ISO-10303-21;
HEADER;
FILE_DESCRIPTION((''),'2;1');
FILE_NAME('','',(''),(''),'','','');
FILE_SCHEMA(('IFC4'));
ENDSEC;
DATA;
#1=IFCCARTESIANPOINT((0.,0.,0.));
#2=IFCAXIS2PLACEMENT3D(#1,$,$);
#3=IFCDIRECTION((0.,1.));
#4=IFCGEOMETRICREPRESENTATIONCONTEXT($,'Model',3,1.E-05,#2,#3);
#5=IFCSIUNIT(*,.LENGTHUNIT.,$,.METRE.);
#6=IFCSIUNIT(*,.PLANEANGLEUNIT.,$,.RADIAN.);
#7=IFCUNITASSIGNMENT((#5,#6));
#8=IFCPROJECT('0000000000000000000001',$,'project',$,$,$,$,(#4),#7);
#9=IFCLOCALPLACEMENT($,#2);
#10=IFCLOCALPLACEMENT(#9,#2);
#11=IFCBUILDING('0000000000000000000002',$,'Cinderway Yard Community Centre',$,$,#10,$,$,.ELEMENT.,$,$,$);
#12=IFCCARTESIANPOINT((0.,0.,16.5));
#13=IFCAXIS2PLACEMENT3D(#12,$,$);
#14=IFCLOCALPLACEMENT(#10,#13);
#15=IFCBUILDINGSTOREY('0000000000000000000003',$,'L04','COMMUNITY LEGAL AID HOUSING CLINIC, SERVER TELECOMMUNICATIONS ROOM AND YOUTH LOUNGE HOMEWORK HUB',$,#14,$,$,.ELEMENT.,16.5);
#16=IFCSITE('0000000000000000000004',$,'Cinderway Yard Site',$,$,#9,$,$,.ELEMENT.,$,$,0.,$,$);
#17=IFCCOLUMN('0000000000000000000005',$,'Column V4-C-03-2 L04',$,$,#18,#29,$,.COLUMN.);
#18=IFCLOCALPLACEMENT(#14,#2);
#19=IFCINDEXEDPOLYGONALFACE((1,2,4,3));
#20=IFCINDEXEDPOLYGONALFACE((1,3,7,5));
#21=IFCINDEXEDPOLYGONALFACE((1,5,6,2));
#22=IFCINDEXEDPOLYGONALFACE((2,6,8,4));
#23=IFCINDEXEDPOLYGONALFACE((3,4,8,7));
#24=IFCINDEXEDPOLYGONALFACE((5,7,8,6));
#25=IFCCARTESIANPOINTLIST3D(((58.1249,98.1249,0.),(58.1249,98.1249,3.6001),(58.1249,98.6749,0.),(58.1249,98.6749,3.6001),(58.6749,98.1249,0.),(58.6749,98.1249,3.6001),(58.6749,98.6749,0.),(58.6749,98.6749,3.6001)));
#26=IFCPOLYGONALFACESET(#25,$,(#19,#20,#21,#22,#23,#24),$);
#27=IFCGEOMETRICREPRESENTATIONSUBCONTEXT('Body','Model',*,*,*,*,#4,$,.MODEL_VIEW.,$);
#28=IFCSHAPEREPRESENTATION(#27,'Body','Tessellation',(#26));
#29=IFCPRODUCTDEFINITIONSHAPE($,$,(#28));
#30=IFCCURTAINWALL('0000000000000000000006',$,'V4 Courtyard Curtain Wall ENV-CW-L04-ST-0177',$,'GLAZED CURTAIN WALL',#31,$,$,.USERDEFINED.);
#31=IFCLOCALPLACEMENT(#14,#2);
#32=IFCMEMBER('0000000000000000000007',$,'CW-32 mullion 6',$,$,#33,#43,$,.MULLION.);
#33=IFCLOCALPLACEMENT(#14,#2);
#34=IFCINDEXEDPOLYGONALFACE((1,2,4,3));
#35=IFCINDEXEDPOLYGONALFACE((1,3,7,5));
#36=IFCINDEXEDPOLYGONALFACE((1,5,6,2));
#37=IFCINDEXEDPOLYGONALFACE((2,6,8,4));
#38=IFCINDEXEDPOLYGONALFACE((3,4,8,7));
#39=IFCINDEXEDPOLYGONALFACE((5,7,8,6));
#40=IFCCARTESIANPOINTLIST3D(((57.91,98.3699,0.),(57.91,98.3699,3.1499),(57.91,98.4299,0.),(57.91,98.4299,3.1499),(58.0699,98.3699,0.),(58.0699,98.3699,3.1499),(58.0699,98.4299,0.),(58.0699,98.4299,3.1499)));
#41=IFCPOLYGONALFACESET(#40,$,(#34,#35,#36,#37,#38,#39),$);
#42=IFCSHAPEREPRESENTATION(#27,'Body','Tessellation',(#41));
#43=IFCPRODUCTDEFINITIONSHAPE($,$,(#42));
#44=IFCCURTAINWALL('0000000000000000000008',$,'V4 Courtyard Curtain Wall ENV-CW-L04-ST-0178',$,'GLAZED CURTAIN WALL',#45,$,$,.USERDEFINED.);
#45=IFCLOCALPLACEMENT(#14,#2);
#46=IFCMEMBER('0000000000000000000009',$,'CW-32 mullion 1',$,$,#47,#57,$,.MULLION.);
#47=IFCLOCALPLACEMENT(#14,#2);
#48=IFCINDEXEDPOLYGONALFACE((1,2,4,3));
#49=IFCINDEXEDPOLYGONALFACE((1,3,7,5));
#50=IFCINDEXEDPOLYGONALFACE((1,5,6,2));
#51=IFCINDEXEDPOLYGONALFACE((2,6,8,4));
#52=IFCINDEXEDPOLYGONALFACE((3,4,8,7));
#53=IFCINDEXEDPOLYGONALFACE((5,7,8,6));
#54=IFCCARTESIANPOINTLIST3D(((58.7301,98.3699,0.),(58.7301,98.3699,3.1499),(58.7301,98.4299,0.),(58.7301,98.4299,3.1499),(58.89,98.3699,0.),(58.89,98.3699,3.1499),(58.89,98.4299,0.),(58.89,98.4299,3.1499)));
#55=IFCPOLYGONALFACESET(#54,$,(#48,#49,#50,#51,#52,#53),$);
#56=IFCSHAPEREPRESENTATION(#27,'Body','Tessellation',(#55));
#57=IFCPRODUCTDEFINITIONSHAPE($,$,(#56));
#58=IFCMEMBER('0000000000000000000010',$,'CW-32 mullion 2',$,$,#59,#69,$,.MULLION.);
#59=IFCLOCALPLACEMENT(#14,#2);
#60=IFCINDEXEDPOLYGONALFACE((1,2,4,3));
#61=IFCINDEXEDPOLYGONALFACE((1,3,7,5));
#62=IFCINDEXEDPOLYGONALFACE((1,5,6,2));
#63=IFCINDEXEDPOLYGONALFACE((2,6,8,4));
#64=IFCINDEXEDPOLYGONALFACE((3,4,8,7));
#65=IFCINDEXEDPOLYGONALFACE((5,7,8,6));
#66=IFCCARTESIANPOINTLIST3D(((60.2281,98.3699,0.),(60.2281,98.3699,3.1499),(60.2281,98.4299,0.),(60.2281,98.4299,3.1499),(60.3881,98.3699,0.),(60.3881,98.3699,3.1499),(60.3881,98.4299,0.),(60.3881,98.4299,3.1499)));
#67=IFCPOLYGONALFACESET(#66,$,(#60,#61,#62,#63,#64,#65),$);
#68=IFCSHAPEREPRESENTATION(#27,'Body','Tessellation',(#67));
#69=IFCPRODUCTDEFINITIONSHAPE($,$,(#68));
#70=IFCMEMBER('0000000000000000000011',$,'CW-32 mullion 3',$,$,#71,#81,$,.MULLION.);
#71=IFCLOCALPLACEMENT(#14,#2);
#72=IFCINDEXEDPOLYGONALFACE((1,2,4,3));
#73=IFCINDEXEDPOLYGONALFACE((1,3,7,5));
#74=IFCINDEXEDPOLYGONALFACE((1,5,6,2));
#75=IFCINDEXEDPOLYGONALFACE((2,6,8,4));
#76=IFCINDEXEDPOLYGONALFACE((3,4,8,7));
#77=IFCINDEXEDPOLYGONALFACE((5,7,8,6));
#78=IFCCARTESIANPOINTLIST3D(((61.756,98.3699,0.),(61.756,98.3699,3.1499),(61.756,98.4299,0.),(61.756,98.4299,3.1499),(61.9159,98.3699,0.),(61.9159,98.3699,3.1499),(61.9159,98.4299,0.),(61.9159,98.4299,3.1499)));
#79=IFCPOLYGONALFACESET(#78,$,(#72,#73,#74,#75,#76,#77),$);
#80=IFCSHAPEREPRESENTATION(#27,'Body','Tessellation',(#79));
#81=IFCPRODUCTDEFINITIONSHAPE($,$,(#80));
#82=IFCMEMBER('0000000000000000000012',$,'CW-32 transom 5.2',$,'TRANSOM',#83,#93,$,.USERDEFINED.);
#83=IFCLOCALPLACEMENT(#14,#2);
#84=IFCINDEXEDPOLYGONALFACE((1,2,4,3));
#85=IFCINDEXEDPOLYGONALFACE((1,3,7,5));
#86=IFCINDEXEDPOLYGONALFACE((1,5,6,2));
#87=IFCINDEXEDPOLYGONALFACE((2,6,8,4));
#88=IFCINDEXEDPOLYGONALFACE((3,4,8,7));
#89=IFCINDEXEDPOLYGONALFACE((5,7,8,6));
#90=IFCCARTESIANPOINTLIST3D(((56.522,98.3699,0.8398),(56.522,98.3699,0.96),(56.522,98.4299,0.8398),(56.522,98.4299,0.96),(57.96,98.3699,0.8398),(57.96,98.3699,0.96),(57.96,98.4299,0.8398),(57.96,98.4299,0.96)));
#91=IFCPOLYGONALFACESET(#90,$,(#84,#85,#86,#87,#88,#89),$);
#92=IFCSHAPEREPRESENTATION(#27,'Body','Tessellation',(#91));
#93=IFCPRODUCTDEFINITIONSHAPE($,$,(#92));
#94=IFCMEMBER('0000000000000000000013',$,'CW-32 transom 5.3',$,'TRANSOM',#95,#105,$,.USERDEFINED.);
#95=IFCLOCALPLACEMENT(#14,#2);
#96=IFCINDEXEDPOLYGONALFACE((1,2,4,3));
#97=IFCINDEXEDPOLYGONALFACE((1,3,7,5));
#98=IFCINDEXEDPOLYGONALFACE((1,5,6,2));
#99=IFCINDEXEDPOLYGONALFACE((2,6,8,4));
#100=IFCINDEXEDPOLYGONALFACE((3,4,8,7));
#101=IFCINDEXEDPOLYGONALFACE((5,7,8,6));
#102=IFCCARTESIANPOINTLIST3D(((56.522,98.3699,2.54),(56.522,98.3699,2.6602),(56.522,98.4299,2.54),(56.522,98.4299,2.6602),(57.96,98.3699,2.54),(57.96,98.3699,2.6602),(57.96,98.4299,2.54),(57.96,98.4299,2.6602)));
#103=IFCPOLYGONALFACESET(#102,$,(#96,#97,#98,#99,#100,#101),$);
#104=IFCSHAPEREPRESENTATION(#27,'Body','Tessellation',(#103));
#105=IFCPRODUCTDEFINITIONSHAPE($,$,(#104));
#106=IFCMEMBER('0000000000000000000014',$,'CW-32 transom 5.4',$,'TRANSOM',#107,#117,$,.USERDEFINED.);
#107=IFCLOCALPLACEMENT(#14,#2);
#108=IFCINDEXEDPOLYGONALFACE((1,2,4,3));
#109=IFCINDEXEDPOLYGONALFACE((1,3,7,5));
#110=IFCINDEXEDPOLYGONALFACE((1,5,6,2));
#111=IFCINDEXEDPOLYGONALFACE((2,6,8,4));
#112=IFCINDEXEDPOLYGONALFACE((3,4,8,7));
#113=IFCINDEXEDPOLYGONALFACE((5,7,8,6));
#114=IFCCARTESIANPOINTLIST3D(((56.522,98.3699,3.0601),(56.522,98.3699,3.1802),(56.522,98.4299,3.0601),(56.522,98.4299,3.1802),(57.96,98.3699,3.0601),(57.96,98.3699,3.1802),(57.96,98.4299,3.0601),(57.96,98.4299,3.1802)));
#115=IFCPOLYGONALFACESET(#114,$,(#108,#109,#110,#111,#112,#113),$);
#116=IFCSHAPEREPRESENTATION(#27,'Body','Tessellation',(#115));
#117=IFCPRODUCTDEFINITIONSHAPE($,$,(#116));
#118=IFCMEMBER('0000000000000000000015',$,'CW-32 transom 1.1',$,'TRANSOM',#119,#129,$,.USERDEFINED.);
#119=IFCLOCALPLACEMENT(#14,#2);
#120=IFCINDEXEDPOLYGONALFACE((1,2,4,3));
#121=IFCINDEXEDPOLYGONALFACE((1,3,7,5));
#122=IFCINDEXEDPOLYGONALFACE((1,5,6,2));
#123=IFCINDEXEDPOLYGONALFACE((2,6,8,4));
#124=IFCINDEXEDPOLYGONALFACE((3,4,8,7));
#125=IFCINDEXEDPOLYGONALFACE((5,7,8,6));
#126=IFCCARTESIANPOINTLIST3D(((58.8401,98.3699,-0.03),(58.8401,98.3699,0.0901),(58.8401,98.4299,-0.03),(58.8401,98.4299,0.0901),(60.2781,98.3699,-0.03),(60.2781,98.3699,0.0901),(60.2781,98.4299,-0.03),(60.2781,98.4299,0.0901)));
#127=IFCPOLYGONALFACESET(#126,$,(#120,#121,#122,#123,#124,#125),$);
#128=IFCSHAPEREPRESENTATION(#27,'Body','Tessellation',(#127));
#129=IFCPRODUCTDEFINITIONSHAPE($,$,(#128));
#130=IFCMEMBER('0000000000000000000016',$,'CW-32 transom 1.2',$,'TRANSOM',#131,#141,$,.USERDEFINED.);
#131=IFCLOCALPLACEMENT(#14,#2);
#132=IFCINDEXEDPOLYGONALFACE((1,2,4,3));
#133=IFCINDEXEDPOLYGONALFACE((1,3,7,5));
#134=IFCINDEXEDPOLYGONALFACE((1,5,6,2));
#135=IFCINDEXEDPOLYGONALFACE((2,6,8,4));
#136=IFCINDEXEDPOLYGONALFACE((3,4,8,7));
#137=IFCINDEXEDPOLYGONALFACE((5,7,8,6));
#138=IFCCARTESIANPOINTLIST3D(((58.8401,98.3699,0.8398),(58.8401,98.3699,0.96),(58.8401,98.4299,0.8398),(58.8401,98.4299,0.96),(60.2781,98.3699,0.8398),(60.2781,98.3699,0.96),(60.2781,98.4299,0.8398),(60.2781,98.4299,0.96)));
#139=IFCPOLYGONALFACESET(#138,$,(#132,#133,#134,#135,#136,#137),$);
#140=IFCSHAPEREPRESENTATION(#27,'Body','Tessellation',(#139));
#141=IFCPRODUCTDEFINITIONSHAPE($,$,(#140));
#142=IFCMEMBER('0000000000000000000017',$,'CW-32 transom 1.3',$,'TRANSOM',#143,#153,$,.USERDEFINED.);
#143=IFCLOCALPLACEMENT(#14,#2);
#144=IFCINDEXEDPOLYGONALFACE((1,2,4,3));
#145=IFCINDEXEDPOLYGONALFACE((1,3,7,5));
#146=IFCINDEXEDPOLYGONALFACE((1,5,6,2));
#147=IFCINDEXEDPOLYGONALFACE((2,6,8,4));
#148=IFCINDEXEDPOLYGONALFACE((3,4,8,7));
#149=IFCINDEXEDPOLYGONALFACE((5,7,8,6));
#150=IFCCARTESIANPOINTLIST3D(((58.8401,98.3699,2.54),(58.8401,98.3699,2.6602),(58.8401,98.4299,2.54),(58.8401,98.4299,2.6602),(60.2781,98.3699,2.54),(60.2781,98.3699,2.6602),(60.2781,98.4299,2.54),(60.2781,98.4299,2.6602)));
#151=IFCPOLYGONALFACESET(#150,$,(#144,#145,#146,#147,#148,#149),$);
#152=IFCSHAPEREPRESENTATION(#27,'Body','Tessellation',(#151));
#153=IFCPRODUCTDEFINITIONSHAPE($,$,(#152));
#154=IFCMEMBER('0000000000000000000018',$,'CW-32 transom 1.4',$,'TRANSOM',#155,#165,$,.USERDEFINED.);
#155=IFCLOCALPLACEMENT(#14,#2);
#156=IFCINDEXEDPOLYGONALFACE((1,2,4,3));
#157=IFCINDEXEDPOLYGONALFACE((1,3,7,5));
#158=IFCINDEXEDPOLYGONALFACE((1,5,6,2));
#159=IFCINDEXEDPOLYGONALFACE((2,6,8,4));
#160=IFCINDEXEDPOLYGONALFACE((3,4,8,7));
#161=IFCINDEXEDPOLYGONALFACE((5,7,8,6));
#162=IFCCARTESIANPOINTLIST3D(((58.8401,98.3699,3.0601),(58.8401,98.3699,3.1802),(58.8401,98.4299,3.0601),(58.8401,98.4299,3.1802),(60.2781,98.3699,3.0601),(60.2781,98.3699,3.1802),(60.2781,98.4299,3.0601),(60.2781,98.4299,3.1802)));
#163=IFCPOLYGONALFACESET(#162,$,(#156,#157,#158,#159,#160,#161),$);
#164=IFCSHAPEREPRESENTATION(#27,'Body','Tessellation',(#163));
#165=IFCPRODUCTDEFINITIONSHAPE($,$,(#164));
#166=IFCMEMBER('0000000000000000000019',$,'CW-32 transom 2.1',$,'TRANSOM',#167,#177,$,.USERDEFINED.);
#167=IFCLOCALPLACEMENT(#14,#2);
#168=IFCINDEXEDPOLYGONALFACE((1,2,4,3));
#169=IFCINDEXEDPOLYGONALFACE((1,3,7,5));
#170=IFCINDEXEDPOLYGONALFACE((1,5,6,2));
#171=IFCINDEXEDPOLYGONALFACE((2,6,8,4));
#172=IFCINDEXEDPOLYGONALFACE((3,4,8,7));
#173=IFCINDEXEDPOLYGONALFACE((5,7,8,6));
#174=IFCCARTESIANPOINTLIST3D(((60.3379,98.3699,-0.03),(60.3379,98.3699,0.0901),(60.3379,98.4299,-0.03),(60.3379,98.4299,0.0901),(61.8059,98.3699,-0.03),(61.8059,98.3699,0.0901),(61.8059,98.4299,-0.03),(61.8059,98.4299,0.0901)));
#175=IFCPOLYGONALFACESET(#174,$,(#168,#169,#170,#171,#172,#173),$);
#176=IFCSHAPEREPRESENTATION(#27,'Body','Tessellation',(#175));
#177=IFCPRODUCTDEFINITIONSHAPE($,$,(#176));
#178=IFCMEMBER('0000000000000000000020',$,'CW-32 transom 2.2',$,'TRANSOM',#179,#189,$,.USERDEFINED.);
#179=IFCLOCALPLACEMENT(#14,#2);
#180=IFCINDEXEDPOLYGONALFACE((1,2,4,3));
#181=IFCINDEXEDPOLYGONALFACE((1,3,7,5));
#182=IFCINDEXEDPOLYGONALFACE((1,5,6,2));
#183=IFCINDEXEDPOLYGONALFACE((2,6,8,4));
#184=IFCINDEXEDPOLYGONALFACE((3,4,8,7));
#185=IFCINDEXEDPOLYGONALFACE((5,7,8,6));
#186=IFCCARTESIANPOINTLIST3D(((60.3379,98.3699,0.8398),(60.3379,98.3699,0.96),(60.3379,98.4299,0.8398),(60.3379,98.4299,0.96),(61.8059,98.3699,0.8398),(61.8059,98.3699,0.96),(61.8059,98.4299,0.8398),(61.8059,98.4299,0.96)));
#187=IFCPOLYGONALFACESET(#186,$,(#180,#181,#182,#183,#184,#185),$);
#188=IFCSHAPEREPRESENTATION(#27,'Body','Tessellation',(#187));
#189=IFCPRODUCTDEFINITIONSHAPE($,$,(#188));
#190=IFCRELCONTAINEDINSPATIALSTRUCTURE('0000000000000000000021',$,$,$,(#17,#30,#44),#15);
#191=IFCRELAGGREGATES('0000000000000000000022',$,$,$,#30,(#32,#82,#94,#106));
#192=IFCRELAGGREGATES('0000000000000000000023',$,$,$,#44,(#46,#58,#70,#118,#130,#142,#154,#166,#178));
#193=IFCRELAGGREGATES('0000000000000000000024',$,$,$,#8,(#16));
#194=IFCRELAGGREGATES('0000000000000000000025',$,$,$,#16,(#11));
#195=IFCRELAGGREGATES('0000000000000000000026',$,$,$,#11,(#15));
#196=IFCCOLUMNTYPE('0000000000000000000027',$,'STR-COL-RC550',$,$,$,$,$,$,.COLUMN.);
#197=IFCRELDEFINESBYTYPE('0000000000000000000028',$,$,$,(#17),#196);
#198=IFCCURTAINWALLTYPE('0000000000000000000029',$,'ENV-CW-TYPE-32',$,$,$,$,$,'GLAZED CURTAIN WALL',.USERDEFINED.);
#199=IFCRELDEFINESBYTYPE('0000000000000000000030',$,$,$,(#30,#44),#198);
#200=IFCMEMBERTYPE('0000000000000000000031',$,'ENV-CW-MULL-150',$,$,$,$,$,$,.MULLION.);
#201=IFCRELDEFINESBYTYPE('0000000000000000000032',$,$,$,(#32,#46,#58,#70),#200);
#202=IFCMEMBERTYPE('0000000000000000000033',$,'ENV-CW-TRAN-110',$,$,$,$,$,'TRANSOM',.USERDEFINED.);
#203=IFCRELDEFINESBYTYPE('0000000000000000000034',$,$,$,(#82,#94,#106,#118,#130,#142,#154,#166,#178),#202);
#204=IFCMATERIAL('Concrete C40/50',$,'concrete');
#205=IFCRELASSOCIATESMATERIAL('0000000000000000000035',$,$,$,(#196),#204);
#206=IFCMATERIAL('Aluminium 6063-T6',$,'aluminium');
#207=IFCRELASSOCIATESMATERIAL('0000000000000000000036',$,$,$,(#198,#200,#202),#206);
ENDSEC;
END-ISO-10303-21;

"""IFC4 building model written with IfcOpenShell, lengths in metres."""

from ifc_helpers import new_model, si_unit, direction, frame, origin, origin_2d, place, context, subcontext, project, spatial, rectangle, extrude, material, material_profile, profile_set, type_object, element, aggregate, save


model = new_model("IFC4")

# Units and contexts
model_context = context("Model", 3, precision=1e-05, world=origin(), true_north=direction((0.0, 1.0)))
body_context = subcontext(model_context, "Body", "Model", "MODEL_VIEW")
ifc_project = project(units=[si_unit("LENGTHUNIT", "METRE"), si_unit("PLANEANGLEUNIT", "RADIAN")], contexts=[model_context])

# Site, building, storey
site_placement = place(None, origin())
site = spatial("IfcSite", under=ifc_project, at=site_placement, Name="Cinderway Yard Site", CompositionType="ELEMENT", RefElevation=0.0)
building_placement = place(site_placement, origin())
building = spatial("IfcBuilding", under=site, at=building_placement, Name="Cinderway Yard Community Centre", CompositionType="ELEMENT")
storey_placement = place(building_placement, frame((0.0, 0.0, 16.5)))
storey = spatial("IfcBuildingStorey", under=building, at=storey_placement, Name="L04", Description="COMMUNITY LEGAL AID HOUSING CLINIC, SERVER TELECOMMUNICATIONS ROOM AND YOUTH LOUNGE HOMEWORK HUB", CompositionType="ELEMENT", Elevation=16.5)

# Column
ifc_material_1 = material(Name="Concrete C40/50", Category="concrete")
ifc_material_profile_1 = material_profile(ifc_material_1, rectangle(XDim=0.55, YDim=0.55, at=origin_2d()), Name="Concrete C40/50")
ifc_profile_set_1 = profile_set([ifc_material_profile_1], Name="Concrete C40/50")
column_type = type_object("IfcColumnType", Name="STR-COL-RC550", PredefinedType="COLUMN", material=ifc_profile_set_1)
column_placement = place(storey_placement, frame((58.3999, 98.3999, 0.0), z_axis=(0.0, 0.0, 1.0), x_axis=(1.0, 0.0, 0.0)))
element("IfcColumn", 1, at=column_placement, inside=storey, type_object=column_type, Name="Column V4-C-03-2 L04", PredefinedType="COLUMN", context=body_context, shape_type="SweptSolid", body=[
    extrude(rectangle(XDim=0.55, YDim=0.55, at=origin_2d()), origin(), (0.0, 0.0, 1.0), 3.6001),
])

# Curtain wall, member
ifc_material_2 = material(Name="Aluminium 6063-T6", Category="aluminium")
curtain_wall_type = type_object("IfcCurtainWallType", Name="ENV-CW-TYPE-32", ElementType="GLAZED CURTAIN WALL", PredefinedType="USERDEFINED", material=ifc_material_2)
curtain_wall_1_placement = place(storey_placement, origin())
curtain_wall_1 = element("IfcCurtainWall", 2, at=curtain_wall_1_placement, inside=storey, type_object=curtain_wall_type, Name="V4 Courtyard Curtain Wall ENV-CW-L04-ST-0177", ObjectType="GLAZED CURTAIN WALL", PredefinedType="USERDEFINED")
ifc_material_profile_2 = material_profile(ifc_material_2, rectangle(XDim=0.0601, YDim=0.1599, at=origin_2d()), Name="Aluminium 6063-T6")
ifc_profile_set_2 = profile_set([ifc_material_profile_2], Name="Aluminium 6063-T6")
member_type_1 = type_object("IfcMemberType", Name="ENV-CW-MULL-150", PredefinedType="MULLION", material=ifc_profile_set_2)
member_1_placement = place(storey_placement, frame((57.99, 98.3999, 0.0), z_axis=(0.0, 0.0, 1.0), x_axis=(0.0, 1.0, 0.0)))
member_1 = element("IfcMember", 3, at=member_1_placement, type_object=member_type_1, Name="CW-32 mullion 6", PredefinedType="MULLION", context=body_context, shape_type="SweptSolid", body=[
    extrude(rectangle(XDim=0.0601, YDim=0.1599, at=origin_2d()), origin(), (0.0, 0.0, 1.0), 3.1499),
])

# Curtain wall, members
curtain_wall_2_placement = place(storey_placement, origin())
curtain_wall_2 = element("IfcCurtainWall", 4, at=curtain_wall_2_placement, inside=storey, type_object=curtain_wall_type, Name="V4 Courtyard Curtain Wall ENV-CW-L04-ST-0178", ObjectType="GLAZED CURTAIN WALL", PredefinedType="USERDEFINED")
member_2_placement = place(storey_placement, frame((58.8101, 98.3999, 0.0), z_axis=(0.0, 0.0, 1.0), x_axis=(0.0, 1.0, 0.0)))
member_2 = element("IfcMember", 5, at=member_2_placement, type_object=member_type_1, Name="CW-32 mullion 1", PredefinedType="MULLION", context=body_context, shape_type="SweptSolid", body=[
    extrude(rectangle(XDim=0.0601, YDim=0.1599, at=origin_2d()), origin(), (0.0, 0.0, 1.0), 3.1499),
])
member_3_placement = place(storey_placement, frame((60.3081, 98.3999, 0.0), z_axis=(0.0, 0.0, 1.0), x_axis=(0.0, 1.0, 0.0)))
member_3 = element("IfcMember", 6, at=member_3_placement, type_object=member_type_1, Name="CW-32 mullion 2", PredefinedType="MULLION", context=body_context, shape_type="SweptSolid", body=[
    extrude(rectangle(XDim=0.0601, YDim=0.1599, at=origin_2d()), origin(), (0.0, 0.0, 1.0), 3.1499),
])
member_4_placement = place(storey_placement, frame((61.8359, 98.3999, 0.0), z_axis=(0.0, 0.0, 1.0), x_axis=(0.0, 1.0, 0.0)))
member_4 = element("IfcMember", 7, at=member_4_placement, type_object=member_type_1, Name="CW-32 mullion 3", PredefinedType="MULLION", context=body_context, shape_type="SweptSolid", body=[
    extrude(rectangle(XDim=0.0601, YDim=0.1599, at=origin_2d()), origin(), (0.0, 0.0, 1.0), 3.1499),
])

# Members
ifc_material_profile_3 = material_profile(ifc_material_2, rectangle(XDim=0.0601, YDim=0.1201, at=origin_2d()), Name="Aluminium 6063-T6")
ifc_profile_set_3 = profile_set([ifc_material_profile_3], Name="Aluminium 6063-T6")
member_type_2 = type_object("IfcMemberType", Name="ENV-CW-TRAN-110", ElementType="TRANSOM", PredefinedType="USERDEFINED", material=ifc_profile_set_3)
member_5_placement = place(storey_placement, frame((56.522, 98.3999, 0.8999), z_axis=(1.0, 0.0, 0.0), x_axis=(0.0, 1.0, 0.0)))
member_5 = element("IfcMember", 8, at=member_5_placement, type_object=member_type_2, Name="CW-32 transom 5.2", ObjectType="TRANSOM", PredefinedType="USERDEFINED", context=body_context, shape_type="SweptSolid", body=[
    extrude(rectangle(XDim=0.0601, YDim=0.1201, at=origin_2d()), origin(), (0.0, 0.0, 1.0), 1.438),
])
member_6_placement = place(storey_placement, frame((56.522, 98.3999, 2.6001), z_axis=(1.0, 0.0, 0.0), x_axis=(0.0, 1.0, 0.0)))
member_6 = element("IfcMember", 9, at=member_6_placement, type_object=member_type_2, Name="CW-32 transom 5.3", ObjectType="TRANSOM", PredefinedType="USERDEFINED", context=body_context, shape_type="SweptSolid", body=[
    extrude(rectangle(XDim=0.0601, YDim=0.1201, at=origin_2d()), origin(), (0.0, 0.0, 1.0), 1.438),
])
member_7_placement = place(storey_placement, frame((56.522, 98.3999, 3.1201), z_axis=(1.0, 0.0, 0.0), x_axis=(0.0, 1.0, 0.0)))
member_7 = element("IfcMember", 10, at=member_7_placement, type_object=member_type_2, Name="CW-32 transom 5.4", ObjectType="TRANSOM", PredefinedType="USERDEFINED", context=body_context, shape_type="SweptSolid", body=[
    extrude(rectangle(XDim=0.0601, YDim=0.1201, at=origin_2d()), origin(), (0.0, 0.0, 1.0), 1.438),
])
member_8_placement = place(storey_placement, frame((58.8401, 98.3999, 0.03), z_axis=(1.0, 0.0, 0.0), x_axis=(0.0, 1.0, 0.0)))
member_8 = element("IfcMember", 11, at=member_8_placement, type_object=member_type_2, Name="CW-32 transom 1.1", ObjectType="TRANSOM", PredefinedType="USERDEFINED", context=body_context, shape_type="SweptSolid", body=[
    extrude(rectangle(XDim=0.0601, YDim=0.1201, at=origin_2d()), origin(), (0.0, 0.0, 1.0), 1.438),
])
member_9_placement = place(storey_placement, frame((58.8401, 98.3999, 0.8999), z_axis=(1.0, 0.0, 0.0), x_axis=(0.0, 1.0, 0.0)))
member_9 = element("IfcMember", 12, at=member_9_placement, type_object=member_type_2, Name="CW-32 transom 1.2", ObjectType="TRANSOM", PredefinedType="USERDEFINED", context=body_context, shape_type="SweptSolid", body=[
    extrude(rectangle(XDim=0.0601, YDim=0.1201, at=origin_2d()), origin(), (0.0, 0.0, 1.0), 1.438),
])
member_10_placement = place(storey_placement, frame((58.8401, 98.3999, 2.6001), z_axis=(1.0, 0.0, 0.0), x_axis=(0.0, 1.0, 0.0)))
member_10 = element("IfcMember", 13, at=member_10_placement, type_object=member_type_2, Name="CW-32 transom 1.3", ObjectType="TRANSOM", PredefinedType="USERDEFINED", context=body_context, shape_type="SweptSolid", body=[
    extrude(rectangle(XDim=0.0601, YDim=0.1201, at=origin_2d()), origin(), (0.0, 0.0, 1.0), 1.438),
])
member_11_placement = place(storey_placement, frame((58.8401, 98.3999, 3.1201), z_axis=(1.0, 0.0, 0.0), x_axis=(0.0, 1.0, 0.0)))
member_11 = element("IfcMember", 14, at=member_11_placement, type_object=member_type_2, Name="CW-32 transom 1.4", ObjectType="TRANSOM", PredefinedType="USERDEFINED", context=body_context, shape_type="SweptSolid", body=[
    extrude(rectangle(XDim=0.0601, YDim=0.1201, at=origin_2d()), origin(), (0.0, 0.0, 1.0), 1.438),
])
member_12_placement = place(storey_placement, frame((60.3379, 98.3999, 0.03), z_axis=(1.0, 0.0, 0.0), x_axis=(0.0, 1.0, 0.0)))
member_12 = element("IfcMember", 15, at=member_12_placement, type_object=member_type_2, Name="CW-32 transom 2.1", ObjectType="TRANSOM", PredefinedType="USERDEFINED", context=body_context, shape_type="SweptSolid", body=[
    extrude(rectangle(XDim=0.0601, YDim=0.1201, at=origin_2d()), origin(), (0.0, 0.0, 1.0), 1.468),
])
member_13_placement = place(storey_placement, frame((60.3379, 98.3999, 0.8999), z_axis=(1.0, 0.0, 0.0), x_axis=(0.0, 1.0, 0.0)))
member_13 = element("IfcMember", 16, at=member_13_placement, type_object=member_type_2, Name="CW-32 transom 2.2", ObjectType="TRANSOM", PredefinedType="USERDEFINED", context=body_context, shape_type="SweptSolid", body=[
    extrude(rectangle(XDim=0.0601, YDim=0.1201, at=origin_2d()), origin(), (0.0, 0.0, 1.0), 1.468),
])

aggregate(curtain_wall_1, [member_1, member_5, member_6, member_7])
aggregate(curtain_wall_2, [member_2, member_3, member_4, member_8, member_9, member_10, member_11, member_12, member_13])

save(model, "model.ifc")
